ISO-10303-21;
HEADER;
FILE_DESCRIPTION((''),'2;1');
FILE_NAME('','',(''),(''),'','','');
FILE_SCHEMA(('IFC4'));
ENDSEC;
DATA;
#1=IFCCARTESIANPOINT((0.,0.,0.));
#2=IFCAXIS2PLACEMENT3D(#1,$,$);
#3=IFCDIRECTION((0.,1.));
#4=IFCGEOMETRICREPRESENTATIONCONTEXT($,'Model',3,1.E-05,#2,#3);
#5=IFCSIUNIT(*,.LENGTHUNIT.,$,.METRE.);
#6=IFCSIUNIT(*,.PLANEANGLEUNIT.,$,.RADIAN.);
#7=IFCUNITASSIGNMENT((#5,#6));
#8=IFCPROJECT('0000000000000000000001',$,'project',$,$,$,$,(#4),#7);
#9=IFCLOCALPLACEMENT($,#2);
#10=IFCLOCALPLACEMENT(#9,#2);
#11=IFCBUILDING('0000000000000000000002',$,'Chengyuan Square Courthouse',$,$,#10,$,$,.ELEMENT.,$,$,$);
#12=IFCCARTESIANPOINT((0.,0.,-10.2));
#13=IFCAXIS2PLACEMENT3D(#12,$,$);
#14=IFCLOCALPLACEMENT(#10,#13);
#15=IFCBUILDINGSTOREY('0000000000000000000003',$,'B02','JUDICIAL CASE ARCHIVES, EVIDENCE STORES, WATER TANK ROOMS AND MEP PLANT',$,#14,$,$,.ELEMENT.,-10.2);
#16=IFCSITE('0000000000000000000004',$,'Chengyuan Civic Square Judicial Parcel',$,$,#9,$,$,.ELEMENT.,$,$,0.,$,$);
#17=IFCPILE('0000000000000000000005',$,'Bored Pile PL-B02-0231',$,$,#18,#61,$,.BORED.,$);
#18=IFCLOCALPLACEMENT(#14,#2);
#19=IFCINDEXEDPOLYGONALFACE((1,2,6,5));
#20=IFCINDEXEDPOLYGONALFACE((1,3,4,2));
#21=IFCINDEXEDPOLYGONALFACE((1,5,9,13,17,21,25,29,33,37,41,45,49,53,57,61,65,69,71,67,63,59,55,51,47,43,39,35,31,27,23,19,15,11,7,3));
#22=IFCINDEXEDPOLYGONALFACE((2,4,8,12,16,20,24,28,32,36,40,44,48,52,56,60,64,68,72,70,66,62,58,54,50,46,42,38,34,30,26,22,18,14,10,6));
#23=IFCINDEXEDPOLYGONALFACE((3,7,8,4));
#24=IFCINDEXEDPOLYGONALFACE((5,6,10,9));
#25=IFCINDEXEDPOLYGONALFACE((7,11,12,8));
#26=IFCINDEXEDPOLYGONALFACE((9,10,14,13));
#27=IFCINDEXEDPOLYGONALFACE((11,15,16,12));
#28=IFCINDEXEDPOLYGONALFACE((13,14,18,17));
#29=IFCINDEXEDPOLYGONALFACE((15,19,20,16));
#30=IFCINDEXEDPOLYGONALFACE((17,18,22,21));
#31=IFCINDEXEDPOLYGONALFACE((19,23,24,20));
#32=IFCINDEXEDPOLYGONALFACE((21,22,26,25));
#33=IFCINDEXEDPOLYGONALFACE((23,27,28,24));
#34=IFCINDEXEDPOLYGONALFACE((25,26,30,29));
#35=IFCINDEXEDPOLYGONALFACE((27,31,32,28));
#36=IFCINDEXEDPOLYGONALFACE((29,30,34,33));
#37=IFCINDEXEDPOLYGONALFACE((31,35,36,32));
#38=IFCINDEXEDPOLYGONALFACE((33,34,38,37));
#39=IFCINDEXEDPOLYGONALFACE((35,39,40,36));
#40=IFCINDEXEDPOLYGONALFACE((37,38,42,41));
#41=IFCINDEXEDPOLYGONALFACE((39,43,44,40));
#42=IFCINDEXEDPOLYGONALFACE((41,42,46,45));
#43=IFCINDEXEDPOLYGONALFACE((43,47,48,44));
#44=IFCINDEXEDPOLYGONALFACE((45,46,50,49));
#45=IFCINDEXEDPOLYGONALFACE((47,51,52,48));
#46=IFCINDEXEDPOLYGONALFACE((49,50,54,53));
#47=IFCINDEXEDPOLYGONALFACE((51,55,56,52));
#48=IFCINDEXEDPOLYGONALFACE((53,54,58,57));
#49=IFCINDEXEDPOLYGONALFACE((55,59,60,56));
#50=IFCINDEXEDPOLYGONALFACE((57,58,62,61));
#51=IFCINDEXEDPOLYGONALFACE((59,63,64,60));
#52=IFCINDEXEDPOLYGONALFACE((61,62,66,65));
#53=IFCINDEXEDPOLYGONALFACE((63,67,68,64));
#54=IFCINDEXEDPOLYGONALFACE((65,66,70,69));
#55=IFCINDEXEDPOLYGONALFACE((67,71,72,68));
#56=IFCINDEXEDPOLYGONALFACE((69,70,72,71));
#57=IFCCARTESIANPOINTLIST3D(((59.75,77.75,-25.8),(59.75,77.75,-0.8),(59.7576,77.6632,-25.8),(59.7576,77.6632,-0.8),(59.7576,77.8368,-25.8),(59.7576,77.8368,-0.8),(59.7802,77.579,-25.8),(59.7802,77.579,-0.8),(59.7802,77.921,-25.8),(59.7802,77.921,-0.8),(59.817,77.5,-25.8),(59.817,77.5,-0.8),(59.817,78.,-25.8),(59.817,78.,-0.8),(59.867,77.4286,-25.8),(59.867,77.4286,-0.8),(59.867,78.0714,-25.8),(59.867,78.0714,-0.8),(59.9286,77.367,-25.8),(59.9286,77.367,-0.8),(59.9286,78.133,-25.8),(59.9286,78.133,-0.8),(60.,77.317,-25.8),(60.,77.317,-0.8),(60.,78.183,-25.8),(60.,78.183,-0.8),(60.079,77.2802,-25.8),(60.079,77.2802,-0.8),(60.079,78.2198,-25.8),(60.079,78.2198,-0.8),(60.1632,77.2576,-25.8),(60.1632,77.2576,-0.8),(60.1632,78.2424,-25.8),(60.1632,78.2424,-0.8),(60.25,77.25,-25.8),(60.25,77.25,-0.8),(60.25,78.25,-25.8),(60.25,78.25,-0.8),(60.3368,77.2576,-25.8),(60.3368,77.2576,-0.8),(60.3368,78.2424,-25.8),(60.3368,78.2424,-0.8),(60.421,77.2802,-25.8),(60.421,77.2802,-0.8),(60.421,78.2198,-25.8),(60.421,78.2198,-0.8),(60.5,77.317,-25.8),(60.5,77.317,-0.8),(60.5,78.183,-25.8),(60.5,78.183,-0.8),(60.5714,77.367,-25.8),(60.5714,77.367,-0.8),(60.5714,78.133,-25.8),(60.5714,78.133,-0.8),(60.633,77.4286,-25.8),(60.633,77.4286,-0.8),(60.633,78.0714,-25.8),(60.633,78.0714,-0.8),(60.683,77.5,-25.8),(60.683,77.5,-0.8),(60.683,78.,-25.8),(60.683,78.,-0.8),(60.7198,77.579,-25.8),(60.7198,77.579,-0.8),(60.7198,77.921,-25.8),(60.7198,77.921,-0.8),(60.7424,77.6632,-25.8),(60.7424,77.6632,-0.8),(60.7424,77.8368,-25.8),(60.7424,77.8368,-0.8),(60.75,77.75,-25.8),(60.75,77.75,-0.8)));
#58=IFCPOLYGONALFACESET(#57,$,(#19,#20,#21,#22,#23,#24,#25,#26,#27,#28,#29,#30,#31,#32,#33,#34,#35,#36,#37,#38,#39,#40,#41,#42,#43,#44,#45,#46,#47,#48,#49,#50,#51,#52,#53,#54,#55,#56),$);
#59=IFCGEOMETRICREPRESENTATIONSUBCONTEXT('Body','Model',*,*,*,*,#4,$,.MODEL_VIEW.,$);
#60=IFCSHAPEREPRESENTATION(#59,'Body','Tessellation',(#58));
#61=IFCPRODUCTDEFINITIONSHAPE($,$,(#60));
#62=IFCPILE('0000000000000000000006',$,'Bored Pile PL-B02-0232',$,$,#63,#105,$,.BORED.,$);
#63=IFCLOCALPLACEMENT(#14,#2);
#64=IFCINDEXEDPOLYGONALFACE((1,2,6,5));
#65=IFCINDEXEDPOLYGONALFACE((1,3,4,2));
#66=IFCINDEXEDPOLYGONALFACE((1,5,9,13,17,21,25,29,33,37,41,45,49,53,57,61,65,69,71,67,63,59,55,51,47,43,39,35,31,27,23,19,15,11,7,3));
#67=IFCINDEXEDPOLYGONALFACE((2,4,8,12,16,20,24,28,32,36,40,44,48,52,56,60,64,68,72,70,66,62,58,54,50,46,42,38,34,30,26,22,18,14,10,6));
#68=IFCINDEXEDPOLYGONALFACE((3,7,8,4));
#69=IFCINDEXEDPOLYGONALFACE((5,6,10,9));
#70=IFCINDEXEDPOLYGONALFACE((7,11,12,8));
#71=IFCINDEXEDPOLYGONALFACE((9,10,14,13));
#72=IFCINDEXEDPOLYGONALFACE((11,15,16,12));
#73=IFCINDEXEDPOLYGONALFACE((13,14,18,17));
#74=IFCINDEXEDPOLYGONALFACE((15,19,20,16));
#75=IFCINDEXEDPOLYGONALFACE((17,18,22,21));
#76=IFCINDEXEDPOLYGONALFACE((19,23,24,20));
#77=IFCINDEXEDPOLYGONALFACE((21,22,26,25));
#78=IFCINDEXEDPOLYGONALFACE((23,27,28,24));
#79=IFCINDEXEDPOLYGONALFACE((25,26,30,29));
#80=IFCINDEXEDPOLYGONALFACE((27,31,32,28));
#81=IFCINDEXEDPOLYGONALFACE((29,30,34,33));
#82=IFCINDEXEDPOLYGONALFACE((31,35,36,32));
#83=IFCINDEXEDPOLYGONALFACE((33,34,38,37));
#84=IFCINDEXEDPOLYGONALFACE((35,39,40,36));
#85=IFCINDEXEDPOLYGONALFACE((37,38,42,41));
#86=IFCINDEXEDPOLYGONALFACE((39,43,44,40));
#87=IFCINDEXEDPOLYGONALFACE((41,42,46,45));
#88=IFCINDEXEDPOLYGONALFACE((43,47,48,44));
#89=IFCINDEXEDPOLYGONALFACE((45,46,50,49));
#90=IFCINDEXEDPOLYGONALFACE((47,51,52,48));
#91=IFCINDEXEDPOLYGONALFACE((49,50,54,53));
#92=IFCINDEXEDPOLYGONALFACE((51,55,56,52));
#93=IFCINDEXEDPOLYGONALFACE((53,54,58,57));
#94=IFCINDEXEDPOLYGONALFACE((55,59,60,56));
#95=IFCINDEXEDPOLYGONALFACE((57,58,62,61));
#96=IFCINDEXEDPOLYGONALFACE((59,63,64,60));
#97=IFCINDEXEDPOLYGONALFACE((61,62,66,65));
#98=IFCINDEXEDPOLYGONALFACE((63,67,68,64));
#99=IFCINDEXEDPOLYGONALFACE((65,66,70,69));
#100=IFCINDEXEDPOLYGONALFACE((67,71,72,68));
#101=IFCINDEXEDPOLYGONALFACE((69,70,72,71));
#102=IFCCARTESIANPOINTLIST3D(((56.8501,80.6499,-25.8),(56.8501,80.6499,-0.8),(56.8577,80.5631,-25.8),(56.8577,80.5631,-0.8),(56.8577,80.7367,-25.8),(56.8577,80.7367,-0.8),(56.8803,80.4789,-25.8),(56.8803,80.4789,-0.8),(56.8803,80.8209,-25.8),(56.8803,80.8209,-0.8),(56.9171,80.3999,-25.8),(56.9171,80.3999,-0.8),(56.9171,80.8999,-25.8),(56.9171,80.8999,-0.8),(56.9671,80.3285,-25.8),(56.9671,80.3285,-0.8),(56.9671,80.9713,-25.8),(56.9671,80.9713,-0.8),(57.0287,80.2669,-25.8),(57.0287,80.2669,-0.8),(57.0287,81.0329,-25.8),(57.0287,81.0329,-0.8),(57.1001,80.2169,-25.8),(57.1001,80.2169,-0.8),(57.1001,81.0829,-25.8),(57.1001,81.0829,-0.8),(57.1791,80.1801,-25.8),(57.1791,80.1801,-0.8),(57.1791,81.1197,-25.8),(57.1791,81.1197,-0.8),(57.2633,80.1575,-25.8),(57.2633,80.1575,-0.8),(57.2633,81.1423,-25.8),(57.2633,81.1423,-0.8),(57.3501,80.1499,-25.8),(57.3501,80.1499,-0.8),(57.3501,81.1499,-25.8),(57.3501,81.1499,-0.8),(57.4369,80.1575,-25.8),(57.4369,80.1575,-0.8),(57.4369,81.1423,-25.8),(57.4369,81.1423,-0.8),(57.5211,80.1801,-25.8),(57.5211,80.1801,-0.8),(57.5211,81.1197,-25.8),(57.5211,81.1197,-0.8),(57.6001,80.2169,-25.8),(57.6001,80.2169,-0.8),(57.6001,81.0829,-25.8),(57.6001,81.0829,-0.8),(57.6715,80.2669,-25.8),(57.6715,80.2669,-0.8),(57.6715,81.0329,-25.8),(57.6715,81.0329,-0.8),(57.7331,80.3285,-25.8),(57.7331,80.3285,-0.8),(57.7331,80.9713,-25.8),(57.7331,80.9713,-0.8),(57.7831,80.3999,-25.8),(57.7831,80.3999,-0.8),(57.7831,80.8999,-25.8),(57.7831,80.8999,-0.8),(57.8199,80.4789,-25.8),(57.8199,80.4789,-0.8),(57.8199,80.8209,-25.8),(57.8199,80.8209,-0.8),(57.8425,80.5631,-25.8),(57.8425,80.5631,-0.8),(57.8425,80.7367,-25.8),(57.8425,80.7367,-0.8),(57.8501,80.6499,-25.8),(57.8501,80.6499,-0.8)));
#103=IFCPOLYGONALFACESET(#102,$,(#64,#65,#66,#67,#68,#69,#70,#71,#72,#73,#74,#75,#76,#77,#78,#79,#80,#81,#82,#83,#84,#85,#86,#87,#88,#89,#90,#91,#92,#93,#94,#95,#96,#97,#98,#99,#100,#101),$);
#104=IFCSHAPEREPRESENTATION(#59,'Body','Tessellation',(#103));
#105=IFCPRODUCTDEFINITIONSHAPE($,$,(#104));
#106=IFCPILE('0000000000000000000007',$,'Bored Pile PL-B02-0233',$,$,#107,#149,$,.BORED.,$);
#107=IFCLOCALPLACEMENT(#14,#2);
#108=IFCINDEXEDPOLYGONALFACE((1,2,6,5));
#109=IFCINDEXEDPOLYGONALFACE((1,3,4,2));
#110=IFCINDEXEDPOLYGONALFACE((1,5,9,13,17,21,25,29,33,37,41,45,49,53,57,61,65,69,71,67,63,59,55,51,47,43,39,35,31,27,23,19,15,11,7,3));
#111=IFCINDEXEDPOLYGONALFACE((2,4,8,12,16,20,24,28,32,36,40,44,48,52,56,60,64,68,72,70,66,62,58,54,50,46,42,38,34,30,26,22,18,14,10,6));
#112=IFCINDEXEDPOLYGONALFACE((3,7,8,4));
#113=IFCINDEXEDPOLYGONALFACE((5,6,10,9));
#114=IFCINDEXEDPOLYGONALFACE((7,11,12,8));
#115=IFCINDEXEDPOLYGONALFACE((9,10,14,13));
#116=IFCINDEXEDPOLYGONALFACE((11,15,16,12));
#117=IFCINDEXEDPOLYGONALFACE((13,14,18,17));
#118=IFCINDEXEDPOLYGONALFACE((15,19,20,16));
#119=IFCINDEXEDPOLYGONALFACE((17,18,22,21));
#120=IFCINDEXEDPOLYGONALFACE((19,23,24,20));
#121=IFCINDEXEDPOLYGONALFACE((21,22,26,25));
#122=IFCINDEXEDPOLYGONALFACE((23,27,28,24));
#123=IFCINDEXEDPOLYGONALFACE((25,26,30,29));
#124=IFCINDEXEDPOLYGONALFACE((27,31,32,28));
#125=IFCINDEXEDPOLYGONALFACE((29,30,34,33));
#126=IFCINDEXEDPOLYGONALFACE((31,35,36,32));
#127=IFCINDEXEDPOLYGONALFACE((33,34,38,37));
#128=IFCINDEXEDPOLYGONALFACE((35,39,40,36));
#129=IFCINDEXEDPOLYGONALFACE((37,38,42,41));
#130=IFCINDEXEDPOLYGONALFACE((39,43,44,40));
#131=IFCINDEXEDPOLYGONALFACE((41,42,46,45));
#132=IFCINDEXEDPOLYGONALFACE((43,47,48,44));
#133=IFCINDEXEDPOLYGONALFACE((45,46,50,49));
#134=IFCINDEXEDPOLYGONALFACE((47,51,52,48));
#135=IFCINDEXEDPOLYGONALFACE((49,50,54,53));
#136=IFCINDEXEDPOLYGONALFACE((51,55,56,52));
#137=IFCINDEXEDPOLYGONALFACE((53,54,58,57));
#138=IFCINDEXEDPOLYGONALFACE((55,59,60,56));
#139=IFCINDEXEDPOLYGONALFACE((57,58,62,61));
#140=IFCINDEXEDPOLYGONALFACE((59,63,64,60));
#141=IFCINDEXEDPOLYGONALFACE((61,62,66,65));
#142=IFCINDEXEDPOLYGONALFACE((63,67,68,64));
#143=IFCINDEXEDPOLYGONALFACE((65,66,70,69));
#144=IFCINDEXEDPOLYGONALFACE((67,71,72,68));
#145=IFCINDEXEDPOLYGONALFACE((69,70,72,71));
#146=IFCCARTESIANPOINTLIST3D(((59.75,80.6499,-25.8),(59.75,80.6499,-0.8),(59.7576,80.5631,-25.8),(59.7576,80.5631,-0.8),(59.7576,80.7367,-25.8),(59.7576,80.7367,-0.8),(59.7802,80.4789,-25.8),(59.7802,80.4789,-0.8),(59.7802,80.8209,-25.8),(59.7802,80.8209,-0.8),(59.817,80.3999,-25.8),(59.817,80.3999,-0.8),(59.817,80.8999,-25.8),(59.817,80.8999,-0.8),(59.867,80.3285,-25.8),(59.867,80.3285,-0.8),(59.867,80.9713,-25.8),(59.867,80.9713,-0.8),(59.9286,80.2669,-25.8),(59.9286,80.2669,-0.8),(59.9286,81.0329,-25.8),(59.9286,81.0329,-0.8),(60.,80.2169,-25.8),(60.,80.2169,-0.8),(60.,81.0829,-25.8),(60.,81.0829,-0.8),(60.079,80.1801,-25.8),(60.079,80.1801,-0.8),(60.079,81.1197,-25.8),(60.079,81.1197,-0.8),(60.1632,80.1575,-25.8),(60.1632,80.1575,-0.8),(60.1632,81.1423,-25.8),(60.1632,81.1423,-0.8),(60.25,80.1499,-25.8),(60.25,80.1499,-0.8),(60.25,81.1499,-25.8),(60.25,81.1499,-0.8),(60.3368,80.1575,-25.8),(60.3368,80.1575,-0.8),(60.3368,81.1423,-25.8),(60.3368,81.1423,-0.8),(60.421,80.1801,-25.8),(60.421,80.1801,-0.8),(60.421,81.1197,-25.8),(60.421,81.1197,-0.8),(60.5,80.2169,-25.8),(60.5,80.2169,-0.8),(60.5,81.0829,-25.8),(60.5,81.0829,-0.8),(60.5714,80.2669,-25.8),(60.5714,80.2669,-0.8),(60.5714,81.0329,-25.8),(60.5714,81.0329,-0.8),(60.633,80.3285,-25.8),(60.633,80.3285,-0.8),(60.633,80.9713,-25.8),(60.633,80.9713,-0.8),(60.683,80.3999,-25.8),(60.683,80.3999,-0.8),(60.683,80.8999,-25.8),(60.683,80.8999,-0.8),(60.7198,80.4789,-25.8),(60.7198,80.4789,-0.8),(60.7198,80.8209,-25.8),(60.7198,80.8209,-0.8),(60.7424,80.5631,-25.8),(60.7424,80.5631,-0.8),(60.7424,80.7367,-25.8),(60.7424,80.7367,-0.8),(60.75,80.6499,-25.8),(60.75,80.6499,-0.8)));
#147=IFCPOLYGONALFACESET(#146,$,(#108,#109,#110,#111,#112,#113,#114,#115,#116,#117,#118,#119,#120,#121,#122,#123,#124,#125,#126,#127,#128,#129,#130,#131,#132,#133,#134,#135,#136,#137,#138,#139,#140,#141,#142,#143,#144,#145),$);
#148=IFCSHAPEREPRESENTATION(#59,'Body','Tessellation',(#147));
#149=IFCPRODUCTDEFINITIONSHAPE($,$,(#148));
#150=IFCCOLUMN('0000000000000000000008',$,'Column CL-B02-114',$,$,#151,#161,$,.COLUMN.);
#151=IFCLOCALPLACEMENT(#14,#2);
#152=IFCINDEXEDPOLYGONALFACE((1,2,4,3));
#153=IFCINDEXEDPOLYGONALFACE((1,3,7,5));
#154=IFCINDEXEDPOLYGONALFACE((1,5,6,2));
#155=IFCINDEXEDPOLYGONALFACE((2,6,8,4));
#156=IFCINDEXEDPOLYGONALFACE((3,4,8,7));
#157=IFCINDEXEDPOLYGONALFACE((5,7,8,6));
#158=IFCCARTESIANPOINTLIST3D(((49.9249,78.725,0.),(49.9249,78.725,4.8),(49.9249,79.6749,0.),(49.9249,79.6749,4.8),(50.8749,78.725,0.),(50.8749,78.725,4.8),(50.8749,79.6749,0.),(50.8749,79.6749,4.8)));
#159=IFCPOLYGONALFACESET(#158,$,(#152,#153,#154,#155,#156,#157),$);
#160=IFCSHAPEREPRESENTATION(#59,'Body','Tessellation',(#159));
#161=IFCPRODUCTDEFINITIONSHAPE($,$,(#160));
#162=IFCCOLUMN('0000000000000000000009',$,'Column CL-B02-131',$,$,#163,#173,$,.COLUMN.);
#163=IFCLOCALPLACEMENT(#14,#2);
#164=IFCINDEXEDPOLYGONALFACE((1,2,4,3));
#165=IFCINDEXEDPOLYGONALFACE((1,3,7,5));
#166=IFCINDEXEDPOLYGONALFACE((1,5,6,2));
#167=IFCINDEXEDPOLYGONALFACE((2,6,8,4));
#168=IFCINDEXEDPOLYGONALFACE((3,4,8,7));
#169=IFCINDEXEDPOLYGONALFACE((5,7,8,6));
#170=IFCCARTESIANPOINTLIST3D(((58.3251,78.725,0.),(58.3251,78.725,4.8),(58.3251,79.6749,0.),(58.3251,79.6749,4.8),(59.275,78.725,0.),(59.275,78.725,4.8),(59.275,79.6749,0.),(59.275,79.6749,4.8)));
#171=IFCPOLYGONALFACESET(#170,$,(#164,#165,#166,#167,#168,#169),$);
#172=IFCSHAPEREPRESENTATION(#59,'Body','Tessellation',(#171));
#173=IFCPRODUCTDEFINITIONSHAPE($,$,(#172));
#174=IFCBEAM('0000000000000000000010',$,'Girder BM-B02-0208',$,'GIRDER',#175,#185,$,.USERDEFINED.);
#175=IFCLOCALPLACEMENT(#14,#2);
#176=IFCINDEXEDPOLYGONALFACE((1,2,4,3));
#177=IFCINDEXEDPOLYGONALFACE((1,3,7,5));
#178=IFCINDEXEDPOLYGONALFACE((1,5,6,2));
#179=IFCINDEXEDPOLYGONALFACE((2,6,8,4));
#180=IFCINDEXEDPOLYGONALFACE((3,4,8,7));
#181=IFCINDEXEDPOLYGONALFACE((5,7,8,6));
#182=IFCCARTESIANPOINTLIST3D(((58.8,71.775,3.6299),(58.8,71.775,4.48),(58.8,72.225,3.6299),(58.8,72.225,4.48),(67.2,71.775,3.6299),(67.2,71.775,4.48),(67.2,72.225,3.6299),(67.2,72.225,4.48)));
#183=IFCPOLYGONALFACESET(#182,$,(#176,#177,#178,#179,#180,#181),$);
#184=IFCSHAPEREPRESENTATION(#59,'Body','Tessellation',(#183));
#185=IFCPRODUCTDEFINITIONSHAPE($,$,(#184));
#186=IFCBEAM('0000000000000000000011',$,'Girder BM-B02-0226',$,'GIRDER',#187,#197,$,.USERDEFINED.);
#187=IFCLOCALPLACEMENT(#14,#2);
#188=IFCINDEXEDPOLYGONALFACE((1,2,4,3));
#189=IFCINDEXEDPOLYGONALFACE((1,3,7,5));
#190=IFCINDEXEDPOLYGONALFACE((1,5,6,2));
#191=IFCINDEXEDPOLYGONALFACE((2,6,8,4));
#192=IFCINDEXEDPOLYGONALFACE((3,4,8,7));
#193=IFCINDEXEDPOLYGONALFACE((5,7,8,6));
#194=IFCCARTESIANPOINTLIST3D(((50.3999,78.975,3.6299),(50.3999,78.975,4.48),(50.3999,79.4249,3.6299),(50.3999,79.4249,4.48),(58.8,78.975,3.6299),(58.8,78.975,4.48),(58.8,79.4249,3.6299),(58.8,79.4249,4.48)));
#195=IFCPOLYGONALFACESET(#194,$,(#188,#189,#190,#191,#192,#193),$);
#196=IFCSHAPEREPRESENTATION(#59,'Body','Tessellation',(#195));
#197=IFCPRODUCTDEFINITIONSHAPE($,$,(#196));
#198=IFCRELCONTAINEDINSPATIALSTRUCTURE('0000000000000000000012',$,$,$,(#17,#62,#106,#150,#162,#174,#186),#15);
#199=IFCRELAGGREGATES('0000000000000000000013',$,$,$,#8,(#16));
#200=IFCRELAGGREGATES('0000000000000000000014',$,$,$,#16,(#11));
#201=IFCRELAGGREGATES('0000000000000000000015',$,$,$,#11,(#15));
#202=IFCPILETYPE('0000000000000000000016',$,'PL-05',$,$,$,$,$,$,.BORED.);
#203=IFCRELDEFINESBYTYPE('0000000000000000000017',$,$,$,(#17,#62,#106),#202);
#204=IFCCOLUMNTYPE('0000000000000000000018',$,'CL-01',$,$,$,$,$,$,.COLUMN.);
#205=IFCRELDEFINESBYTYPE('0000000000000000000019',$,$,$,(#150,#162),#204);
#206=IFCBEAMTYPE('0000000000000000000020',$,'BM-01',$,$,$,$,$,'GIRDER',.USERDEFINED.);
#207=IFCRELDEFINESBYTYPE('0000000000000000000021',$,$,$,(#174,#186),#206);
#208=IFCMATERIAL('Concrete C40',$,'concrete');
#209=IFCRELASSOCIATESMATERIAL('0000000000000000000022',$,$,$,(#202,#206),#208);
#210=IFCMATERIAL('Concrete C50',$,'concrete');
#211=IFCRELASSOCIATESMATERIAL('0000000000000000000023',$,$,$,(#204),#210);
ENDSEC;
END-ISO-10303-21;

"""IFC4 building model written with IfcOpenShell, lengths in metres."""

from ifc_helpers import new_model, si_unit, direction, frame, origin, origin_2d, place, context, subcontext, project, spatial, rectangle, circle, extrude, material, material_profile, profile_set, type_object, element, save


model = new_model("IFC4")

# Units and contexts
model_context = context("Model", 3, precision=1e-05, world=origin(), true_north=direction((0.0, 1.0)))
body_context = subcontext(model_context, "Body", "Model", "MODEL_VIEW")
ifc_project = project(units=[si_unit("LENGTHUNIT", "METRE"), si_unit("PLANEANGLEUNIT", "RADIAN")], contexts=[model_context])

# Site, building, storey
site_placement = place(None, origin())
site = spatial("IfcSite", under=ifc_project, at=site_placement, Name="Chengyuan Civic Square Judicial Parcel", CompositionType="ELEMENT", RefElevation=0.0)
building_placement = place(site_placement, origin())
building = spatial("IfcBuilding", under=site, at=building_placement, Name="Chengyuan Square Courthouse", CompositionType="ELEMENT")
storey_placement = place(building_placement, frame((0.0, 0.0, -10.2)))
storey = spatial("IfcBuildingStorey", under=building, at=storey_placement, Name="B02", Description="JUDICIAL CASE ARCHIVES, EVIDENCE STORES, WATER TANK ROOMS AND MEP PLANT", CompositionType="ELEMENT", Elevation=-10.2)

# Shared definitions
ifc_material_1 = material(Name="Concrete C40", Category="concrete")

# Piles
ifc_material_profile_1 = material_profile(ifc_material_1, circle(Radius=0.5, at=origin_2d()), Name="BORED PILE D1000")
ifc_profile_set_1 = profile_set([ifc_material_profile_1], Name="Concrete C40")
pile_type_1 = type_object("IfcPileType", Name="PL-05", PredefinedType="BORED", material=ifc_profile_set_1)
for number, where, z_axis, x_axis, name in (
    (1, (60.25, 77.75, -0.8), (0.0, 0.0, -1.0), (1.0, 0.0, 0.0), "Bored Pile PL-B02-0231"),
    (2, (57.3501, 80.6499, -0.8), (0.0, 0.0, -1.0), (1.0, 0.0, 0.0), "Bored Pile PL-B02-0232"),
    (3, (60.25, 80.6499, -0.8), (0.0, 0.0, -1.0), (1.0, 0.0, 0.0), "Bored Pile PL-B02-0233"),
):
    element("IfcPile", number, at=place(storey_placement, frame(where, z_axis=z_axis, x_axis=x_axis)), inside=storey, type_object=pile_type_1, Name=name, PredefinedType="BORED", context=body_context, shape_type="SweptSolid", body=[
        extrude(circle(Radius=0.5, at=origin_2d()), origin(), (0.0, 0.0, 1.0), 25.0),
    ])

# Columns
ifc_material_2 = material(Name="Concrete C50", Category="concrete")
ifc_material_profile_2 = material_profile(ifc_material_2, rectangle(XDim=0.95, YDim=0.95, at=origin_2d()), Name="RC-COL-950x950")
ifc_profile_set_2 = profile_set([ifc_material_profile_2], Name="Concrete C50")
column_type = type_object("IfcColumnType", Name="CL-01", PredefinedType="COLUMN", material=ifc_profile_set_2)
for number, where, z_axis, x_axis, name in (
    (4, (50.3999, 79.2, 0.0), (0.0, 0.0, 1.0), (1.0, 0.0, 0.0), "Column CL-B02-114"),
    (5, (58.8, 79.2, 0.0), (0.0, 0.0, 1.0), (1.0, 0.0, 0.0), "Column CL-B02-131"),
):
    element("IfcColumn", number, at=place(storey_placement, frame(where, z_axis=z_axis, x_axis=x_axis)), inside=storey, type_object=column_type, Name=name, PredefinedType="COLUMN", context=body_context, shape_type="SweptSolid", body=[
        extrude(rectangle(XDim=0.95, YDim=0.95, at=origin_2d()), origin(), (0.0, 0.0, 1.0), 4.8),
    ])

# Beams
ifc_material_profile_3 = material_profile(ifc_material_1, rectangle(XDim=0.45, YDim=0.8501, at=origin_2d()), Name="RC-BM-450x850")
ifc_profile_set_3 = profile_set([ifc_material_profile_3], Name="Concrete C40")
beam_type_1 = type_object("IfcBeamType", Name="BM-01", ElementType="GIRDER", PredefinedType="USERDEFINED", material=ifc_profile_set_3)
beam_1_placement = place(storey_placement, frame((58.8, 72.0, 4.0549), z_axis=(1.0, 0.0, 0.0), x_axis=(0.0, 1.0, 0.0)))
element("IfcBeam", 6, at=beam_1_placement, inside=storey, type_object=beam_type_1, Name="Girder BM-B02-0208", ObjectType="GIRDER", PredefinedType="USERDEFINED", context=body_context, shape_type="SweptSolid", body=[
    extrude(rectangle(XDim=0.45, YDim=0.8501, at=origin_2d()), origin(), (0.0, 0.0, 1.0), 8.3999),
])
beam_2_placement = place(storey_placement, frame((50.3999, 79.2, 4.0549), z_axis=(1.0, 0.0, 0.0), x_axis=(0.0, 1.0, 0.0)))
element("IfcBeam", 7, at=beam_2_placement, inside=storey, type_object=beam_type_1, Name="Girder BM-B02-0226", ObjectType="GIRDER", PredefinedType="USERDEFINED", context=body_context, shape_type="SweptSolid", body=[
    extrude(rectangle(XDim=0.45, YDim=0.8501, at=origin_2d()), origin(), (0.0, 0.0, 1.0), 8.4001),
])

save(model, "model.ifc")
